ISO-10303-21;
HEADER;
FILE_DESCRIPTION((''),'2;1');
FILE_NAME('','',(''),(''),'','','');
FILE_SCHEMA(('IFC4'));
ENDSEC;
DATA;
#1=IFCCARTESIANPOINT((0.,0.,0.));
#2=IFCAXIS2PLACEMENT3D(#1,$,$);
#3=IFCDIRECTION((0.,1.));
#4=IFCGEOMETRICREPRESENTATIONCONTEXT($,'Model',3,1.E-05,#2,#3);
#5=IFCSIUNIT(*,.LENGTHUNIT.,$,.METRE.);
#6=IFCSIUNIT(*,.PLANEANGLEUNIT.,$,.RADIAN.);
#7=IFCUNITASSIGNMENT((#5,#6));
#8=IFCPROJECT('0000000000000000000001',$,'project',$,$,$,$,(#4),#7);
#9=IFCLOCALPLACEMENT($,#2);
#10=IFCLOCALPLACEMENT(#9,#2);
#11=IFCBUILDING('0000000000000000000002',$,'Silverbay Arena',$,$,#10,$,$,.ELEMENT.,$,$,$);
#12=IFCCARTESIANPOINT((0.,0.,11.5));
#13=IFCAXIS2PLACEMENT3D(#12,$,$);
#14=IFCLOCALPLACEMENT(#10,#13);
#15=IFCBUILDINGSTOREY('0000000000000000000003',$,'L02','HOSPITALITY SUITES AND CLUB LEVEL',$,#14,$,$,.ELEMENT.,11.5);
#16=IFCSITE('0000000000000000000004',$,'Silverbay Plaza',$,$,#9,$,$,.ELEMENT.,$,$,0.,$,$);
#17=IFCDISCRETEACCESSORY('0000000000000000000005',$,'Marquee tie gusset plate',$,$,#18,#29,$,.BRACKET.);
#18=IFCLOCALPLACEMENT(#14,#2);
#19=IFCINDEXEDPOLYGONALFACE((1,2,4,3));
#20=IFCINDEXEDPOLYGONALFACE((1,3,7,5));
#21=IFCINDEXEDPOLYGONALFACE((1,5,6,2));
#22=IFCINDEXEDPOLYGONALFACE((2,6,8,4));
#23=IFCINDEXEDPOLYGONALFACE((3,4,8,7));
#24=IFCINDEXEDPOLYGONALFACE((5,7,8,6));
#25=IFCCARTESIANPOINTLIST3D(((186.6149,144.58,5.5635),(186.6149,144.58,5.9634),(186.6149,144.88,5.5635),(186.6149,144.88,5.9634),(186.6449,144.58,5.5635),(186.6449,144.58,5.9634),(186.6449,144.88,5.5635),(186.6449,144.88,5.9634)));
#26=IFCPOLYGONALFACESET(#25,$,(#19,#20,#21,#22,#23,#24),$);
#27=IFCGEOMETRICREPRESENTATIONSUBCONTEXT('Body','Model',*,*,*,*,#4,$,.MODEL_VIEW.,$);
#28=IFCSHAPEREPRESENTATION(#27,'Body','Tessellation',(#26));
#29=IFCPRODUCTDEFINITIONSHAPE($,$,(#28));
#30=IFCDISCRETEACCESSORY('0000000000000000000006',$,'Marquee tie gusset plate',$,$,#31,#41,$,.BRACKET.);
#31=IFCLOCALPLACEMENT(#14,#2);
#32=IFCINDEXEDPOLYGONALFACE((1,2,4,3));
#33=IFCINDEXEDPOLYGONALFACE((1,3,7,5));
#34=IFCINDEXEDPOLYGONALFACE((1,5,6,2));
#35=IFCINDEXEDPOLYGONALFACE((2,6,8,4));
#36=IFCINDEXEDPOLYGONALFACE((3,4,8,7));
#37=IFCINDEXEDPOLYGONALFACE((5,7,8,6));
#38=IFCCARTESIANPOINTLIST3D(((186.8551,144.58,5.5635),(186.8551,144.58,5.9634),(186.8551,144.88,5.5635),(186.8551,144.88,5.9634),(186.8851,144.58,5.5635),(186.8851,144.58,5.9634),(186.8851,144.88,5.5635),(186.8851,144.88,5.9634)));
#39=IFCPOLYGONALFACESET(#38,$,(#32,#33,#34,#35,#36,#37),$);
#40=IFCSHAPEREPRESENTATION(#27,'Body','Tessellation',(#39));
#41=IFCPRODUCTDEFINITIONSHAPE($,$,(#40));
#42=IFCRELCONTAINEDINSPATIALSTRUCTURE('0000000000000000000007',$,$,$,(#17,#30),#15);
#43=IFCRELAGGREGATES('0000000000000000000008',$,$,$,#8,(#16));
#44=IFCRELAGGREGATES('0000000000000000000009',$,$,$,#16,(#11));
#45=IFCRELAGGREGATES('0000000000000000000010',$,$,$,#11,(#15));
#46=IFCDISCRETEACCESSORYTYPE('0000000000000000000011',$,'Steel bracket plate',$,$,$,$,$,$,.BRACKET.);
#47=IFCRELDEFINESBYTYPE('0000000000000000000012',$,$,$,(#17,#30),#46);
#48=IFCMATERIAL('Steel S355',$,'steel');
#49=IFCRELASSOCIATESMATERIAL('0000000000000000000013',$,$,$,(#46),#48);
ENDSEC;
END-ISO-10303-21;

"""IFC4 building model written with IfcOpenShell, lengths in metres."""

from ifc_helpers import new_model, si_unit, direction, frame, origin, origin_2d, place, context, subcontext, project, spatial, rectangle, extrude, material, type_object, element, save


model = new_model("IFC4")

# Units and contexts
model_context = context("Model", 3, precision=1e-05, world=origin(), true_north=direction((0.0, 1.0)))
body_context = subcontext(model_context, "Body", "Model", "MODEL_VIEW")
ifc_project = project(units=[si_unit("LENGTHUNIT", "METRE"), si_unit("PLANEANGLEUNIT", "RADIAN")], contexts=[model_context])

# Site, building, storey
site_placement = place(None, origin())
site = spatial("IfcSite", under=ifc_project, at=site_placement, Name="Silverbay Plaza", CompositionType="ELEMENT", RefElevation=0.0)
building_placement = place(site_placement, origin())
building = spatial("IfcBuilding", under=site, at=building_placement, Name="Silverbay Arena", CompositionType="ELEMENT")
storey_placement = place(building_placement, frame((0.0, 0.0, 11.5)))
storey = spatial("IfcBuildingStorey", under=building, at=storey_placement, Name="L02", Description="HOSPITALITY SUITES AND CLUB LEVEL", CompositionType="ELEMENT", Elevation=11.5)

# Discrete accessories
ifc_material_1 = material(Name="Steel S355", Category="steel")
discrete_accessory_type = type_object("IfcDiscreteAccessoryType", Name="Steel bracket plate", PredefinedType="BRACKET", material=ifc_material_1)
for number, where, z_axis, x_axis, name in (
    (1, (186.6299, 144.73, 5.5635), (0.0, 0.0, 1.0), (1.0, 0.0, 0.0), "Marquee tie gusset plate"),
    (2, (186.8701, 144.73, 5.5635), (0.0, 0.0, 1.0), (1.0, 0.0, 0.0), "Marquee tie gusset plate"),
):
    element("IfcDiscreteAccessory", number, at=place(storey_placement, frame(where, z_axis=z_axis, x_axis=x_axis)), inside=storey, type_object=discrete_accessory_type, Name=name, PredefinedType="BRACKET", context=body_context, shape_type="SweptSolid", body=[
        extrude(rectangle(XDim=0.03, YDim=0.3, at=origin_2d()), origin(), (0.0, 0.0, 1.0), 0.3999),
    ])

save(model, "model.ifc")
